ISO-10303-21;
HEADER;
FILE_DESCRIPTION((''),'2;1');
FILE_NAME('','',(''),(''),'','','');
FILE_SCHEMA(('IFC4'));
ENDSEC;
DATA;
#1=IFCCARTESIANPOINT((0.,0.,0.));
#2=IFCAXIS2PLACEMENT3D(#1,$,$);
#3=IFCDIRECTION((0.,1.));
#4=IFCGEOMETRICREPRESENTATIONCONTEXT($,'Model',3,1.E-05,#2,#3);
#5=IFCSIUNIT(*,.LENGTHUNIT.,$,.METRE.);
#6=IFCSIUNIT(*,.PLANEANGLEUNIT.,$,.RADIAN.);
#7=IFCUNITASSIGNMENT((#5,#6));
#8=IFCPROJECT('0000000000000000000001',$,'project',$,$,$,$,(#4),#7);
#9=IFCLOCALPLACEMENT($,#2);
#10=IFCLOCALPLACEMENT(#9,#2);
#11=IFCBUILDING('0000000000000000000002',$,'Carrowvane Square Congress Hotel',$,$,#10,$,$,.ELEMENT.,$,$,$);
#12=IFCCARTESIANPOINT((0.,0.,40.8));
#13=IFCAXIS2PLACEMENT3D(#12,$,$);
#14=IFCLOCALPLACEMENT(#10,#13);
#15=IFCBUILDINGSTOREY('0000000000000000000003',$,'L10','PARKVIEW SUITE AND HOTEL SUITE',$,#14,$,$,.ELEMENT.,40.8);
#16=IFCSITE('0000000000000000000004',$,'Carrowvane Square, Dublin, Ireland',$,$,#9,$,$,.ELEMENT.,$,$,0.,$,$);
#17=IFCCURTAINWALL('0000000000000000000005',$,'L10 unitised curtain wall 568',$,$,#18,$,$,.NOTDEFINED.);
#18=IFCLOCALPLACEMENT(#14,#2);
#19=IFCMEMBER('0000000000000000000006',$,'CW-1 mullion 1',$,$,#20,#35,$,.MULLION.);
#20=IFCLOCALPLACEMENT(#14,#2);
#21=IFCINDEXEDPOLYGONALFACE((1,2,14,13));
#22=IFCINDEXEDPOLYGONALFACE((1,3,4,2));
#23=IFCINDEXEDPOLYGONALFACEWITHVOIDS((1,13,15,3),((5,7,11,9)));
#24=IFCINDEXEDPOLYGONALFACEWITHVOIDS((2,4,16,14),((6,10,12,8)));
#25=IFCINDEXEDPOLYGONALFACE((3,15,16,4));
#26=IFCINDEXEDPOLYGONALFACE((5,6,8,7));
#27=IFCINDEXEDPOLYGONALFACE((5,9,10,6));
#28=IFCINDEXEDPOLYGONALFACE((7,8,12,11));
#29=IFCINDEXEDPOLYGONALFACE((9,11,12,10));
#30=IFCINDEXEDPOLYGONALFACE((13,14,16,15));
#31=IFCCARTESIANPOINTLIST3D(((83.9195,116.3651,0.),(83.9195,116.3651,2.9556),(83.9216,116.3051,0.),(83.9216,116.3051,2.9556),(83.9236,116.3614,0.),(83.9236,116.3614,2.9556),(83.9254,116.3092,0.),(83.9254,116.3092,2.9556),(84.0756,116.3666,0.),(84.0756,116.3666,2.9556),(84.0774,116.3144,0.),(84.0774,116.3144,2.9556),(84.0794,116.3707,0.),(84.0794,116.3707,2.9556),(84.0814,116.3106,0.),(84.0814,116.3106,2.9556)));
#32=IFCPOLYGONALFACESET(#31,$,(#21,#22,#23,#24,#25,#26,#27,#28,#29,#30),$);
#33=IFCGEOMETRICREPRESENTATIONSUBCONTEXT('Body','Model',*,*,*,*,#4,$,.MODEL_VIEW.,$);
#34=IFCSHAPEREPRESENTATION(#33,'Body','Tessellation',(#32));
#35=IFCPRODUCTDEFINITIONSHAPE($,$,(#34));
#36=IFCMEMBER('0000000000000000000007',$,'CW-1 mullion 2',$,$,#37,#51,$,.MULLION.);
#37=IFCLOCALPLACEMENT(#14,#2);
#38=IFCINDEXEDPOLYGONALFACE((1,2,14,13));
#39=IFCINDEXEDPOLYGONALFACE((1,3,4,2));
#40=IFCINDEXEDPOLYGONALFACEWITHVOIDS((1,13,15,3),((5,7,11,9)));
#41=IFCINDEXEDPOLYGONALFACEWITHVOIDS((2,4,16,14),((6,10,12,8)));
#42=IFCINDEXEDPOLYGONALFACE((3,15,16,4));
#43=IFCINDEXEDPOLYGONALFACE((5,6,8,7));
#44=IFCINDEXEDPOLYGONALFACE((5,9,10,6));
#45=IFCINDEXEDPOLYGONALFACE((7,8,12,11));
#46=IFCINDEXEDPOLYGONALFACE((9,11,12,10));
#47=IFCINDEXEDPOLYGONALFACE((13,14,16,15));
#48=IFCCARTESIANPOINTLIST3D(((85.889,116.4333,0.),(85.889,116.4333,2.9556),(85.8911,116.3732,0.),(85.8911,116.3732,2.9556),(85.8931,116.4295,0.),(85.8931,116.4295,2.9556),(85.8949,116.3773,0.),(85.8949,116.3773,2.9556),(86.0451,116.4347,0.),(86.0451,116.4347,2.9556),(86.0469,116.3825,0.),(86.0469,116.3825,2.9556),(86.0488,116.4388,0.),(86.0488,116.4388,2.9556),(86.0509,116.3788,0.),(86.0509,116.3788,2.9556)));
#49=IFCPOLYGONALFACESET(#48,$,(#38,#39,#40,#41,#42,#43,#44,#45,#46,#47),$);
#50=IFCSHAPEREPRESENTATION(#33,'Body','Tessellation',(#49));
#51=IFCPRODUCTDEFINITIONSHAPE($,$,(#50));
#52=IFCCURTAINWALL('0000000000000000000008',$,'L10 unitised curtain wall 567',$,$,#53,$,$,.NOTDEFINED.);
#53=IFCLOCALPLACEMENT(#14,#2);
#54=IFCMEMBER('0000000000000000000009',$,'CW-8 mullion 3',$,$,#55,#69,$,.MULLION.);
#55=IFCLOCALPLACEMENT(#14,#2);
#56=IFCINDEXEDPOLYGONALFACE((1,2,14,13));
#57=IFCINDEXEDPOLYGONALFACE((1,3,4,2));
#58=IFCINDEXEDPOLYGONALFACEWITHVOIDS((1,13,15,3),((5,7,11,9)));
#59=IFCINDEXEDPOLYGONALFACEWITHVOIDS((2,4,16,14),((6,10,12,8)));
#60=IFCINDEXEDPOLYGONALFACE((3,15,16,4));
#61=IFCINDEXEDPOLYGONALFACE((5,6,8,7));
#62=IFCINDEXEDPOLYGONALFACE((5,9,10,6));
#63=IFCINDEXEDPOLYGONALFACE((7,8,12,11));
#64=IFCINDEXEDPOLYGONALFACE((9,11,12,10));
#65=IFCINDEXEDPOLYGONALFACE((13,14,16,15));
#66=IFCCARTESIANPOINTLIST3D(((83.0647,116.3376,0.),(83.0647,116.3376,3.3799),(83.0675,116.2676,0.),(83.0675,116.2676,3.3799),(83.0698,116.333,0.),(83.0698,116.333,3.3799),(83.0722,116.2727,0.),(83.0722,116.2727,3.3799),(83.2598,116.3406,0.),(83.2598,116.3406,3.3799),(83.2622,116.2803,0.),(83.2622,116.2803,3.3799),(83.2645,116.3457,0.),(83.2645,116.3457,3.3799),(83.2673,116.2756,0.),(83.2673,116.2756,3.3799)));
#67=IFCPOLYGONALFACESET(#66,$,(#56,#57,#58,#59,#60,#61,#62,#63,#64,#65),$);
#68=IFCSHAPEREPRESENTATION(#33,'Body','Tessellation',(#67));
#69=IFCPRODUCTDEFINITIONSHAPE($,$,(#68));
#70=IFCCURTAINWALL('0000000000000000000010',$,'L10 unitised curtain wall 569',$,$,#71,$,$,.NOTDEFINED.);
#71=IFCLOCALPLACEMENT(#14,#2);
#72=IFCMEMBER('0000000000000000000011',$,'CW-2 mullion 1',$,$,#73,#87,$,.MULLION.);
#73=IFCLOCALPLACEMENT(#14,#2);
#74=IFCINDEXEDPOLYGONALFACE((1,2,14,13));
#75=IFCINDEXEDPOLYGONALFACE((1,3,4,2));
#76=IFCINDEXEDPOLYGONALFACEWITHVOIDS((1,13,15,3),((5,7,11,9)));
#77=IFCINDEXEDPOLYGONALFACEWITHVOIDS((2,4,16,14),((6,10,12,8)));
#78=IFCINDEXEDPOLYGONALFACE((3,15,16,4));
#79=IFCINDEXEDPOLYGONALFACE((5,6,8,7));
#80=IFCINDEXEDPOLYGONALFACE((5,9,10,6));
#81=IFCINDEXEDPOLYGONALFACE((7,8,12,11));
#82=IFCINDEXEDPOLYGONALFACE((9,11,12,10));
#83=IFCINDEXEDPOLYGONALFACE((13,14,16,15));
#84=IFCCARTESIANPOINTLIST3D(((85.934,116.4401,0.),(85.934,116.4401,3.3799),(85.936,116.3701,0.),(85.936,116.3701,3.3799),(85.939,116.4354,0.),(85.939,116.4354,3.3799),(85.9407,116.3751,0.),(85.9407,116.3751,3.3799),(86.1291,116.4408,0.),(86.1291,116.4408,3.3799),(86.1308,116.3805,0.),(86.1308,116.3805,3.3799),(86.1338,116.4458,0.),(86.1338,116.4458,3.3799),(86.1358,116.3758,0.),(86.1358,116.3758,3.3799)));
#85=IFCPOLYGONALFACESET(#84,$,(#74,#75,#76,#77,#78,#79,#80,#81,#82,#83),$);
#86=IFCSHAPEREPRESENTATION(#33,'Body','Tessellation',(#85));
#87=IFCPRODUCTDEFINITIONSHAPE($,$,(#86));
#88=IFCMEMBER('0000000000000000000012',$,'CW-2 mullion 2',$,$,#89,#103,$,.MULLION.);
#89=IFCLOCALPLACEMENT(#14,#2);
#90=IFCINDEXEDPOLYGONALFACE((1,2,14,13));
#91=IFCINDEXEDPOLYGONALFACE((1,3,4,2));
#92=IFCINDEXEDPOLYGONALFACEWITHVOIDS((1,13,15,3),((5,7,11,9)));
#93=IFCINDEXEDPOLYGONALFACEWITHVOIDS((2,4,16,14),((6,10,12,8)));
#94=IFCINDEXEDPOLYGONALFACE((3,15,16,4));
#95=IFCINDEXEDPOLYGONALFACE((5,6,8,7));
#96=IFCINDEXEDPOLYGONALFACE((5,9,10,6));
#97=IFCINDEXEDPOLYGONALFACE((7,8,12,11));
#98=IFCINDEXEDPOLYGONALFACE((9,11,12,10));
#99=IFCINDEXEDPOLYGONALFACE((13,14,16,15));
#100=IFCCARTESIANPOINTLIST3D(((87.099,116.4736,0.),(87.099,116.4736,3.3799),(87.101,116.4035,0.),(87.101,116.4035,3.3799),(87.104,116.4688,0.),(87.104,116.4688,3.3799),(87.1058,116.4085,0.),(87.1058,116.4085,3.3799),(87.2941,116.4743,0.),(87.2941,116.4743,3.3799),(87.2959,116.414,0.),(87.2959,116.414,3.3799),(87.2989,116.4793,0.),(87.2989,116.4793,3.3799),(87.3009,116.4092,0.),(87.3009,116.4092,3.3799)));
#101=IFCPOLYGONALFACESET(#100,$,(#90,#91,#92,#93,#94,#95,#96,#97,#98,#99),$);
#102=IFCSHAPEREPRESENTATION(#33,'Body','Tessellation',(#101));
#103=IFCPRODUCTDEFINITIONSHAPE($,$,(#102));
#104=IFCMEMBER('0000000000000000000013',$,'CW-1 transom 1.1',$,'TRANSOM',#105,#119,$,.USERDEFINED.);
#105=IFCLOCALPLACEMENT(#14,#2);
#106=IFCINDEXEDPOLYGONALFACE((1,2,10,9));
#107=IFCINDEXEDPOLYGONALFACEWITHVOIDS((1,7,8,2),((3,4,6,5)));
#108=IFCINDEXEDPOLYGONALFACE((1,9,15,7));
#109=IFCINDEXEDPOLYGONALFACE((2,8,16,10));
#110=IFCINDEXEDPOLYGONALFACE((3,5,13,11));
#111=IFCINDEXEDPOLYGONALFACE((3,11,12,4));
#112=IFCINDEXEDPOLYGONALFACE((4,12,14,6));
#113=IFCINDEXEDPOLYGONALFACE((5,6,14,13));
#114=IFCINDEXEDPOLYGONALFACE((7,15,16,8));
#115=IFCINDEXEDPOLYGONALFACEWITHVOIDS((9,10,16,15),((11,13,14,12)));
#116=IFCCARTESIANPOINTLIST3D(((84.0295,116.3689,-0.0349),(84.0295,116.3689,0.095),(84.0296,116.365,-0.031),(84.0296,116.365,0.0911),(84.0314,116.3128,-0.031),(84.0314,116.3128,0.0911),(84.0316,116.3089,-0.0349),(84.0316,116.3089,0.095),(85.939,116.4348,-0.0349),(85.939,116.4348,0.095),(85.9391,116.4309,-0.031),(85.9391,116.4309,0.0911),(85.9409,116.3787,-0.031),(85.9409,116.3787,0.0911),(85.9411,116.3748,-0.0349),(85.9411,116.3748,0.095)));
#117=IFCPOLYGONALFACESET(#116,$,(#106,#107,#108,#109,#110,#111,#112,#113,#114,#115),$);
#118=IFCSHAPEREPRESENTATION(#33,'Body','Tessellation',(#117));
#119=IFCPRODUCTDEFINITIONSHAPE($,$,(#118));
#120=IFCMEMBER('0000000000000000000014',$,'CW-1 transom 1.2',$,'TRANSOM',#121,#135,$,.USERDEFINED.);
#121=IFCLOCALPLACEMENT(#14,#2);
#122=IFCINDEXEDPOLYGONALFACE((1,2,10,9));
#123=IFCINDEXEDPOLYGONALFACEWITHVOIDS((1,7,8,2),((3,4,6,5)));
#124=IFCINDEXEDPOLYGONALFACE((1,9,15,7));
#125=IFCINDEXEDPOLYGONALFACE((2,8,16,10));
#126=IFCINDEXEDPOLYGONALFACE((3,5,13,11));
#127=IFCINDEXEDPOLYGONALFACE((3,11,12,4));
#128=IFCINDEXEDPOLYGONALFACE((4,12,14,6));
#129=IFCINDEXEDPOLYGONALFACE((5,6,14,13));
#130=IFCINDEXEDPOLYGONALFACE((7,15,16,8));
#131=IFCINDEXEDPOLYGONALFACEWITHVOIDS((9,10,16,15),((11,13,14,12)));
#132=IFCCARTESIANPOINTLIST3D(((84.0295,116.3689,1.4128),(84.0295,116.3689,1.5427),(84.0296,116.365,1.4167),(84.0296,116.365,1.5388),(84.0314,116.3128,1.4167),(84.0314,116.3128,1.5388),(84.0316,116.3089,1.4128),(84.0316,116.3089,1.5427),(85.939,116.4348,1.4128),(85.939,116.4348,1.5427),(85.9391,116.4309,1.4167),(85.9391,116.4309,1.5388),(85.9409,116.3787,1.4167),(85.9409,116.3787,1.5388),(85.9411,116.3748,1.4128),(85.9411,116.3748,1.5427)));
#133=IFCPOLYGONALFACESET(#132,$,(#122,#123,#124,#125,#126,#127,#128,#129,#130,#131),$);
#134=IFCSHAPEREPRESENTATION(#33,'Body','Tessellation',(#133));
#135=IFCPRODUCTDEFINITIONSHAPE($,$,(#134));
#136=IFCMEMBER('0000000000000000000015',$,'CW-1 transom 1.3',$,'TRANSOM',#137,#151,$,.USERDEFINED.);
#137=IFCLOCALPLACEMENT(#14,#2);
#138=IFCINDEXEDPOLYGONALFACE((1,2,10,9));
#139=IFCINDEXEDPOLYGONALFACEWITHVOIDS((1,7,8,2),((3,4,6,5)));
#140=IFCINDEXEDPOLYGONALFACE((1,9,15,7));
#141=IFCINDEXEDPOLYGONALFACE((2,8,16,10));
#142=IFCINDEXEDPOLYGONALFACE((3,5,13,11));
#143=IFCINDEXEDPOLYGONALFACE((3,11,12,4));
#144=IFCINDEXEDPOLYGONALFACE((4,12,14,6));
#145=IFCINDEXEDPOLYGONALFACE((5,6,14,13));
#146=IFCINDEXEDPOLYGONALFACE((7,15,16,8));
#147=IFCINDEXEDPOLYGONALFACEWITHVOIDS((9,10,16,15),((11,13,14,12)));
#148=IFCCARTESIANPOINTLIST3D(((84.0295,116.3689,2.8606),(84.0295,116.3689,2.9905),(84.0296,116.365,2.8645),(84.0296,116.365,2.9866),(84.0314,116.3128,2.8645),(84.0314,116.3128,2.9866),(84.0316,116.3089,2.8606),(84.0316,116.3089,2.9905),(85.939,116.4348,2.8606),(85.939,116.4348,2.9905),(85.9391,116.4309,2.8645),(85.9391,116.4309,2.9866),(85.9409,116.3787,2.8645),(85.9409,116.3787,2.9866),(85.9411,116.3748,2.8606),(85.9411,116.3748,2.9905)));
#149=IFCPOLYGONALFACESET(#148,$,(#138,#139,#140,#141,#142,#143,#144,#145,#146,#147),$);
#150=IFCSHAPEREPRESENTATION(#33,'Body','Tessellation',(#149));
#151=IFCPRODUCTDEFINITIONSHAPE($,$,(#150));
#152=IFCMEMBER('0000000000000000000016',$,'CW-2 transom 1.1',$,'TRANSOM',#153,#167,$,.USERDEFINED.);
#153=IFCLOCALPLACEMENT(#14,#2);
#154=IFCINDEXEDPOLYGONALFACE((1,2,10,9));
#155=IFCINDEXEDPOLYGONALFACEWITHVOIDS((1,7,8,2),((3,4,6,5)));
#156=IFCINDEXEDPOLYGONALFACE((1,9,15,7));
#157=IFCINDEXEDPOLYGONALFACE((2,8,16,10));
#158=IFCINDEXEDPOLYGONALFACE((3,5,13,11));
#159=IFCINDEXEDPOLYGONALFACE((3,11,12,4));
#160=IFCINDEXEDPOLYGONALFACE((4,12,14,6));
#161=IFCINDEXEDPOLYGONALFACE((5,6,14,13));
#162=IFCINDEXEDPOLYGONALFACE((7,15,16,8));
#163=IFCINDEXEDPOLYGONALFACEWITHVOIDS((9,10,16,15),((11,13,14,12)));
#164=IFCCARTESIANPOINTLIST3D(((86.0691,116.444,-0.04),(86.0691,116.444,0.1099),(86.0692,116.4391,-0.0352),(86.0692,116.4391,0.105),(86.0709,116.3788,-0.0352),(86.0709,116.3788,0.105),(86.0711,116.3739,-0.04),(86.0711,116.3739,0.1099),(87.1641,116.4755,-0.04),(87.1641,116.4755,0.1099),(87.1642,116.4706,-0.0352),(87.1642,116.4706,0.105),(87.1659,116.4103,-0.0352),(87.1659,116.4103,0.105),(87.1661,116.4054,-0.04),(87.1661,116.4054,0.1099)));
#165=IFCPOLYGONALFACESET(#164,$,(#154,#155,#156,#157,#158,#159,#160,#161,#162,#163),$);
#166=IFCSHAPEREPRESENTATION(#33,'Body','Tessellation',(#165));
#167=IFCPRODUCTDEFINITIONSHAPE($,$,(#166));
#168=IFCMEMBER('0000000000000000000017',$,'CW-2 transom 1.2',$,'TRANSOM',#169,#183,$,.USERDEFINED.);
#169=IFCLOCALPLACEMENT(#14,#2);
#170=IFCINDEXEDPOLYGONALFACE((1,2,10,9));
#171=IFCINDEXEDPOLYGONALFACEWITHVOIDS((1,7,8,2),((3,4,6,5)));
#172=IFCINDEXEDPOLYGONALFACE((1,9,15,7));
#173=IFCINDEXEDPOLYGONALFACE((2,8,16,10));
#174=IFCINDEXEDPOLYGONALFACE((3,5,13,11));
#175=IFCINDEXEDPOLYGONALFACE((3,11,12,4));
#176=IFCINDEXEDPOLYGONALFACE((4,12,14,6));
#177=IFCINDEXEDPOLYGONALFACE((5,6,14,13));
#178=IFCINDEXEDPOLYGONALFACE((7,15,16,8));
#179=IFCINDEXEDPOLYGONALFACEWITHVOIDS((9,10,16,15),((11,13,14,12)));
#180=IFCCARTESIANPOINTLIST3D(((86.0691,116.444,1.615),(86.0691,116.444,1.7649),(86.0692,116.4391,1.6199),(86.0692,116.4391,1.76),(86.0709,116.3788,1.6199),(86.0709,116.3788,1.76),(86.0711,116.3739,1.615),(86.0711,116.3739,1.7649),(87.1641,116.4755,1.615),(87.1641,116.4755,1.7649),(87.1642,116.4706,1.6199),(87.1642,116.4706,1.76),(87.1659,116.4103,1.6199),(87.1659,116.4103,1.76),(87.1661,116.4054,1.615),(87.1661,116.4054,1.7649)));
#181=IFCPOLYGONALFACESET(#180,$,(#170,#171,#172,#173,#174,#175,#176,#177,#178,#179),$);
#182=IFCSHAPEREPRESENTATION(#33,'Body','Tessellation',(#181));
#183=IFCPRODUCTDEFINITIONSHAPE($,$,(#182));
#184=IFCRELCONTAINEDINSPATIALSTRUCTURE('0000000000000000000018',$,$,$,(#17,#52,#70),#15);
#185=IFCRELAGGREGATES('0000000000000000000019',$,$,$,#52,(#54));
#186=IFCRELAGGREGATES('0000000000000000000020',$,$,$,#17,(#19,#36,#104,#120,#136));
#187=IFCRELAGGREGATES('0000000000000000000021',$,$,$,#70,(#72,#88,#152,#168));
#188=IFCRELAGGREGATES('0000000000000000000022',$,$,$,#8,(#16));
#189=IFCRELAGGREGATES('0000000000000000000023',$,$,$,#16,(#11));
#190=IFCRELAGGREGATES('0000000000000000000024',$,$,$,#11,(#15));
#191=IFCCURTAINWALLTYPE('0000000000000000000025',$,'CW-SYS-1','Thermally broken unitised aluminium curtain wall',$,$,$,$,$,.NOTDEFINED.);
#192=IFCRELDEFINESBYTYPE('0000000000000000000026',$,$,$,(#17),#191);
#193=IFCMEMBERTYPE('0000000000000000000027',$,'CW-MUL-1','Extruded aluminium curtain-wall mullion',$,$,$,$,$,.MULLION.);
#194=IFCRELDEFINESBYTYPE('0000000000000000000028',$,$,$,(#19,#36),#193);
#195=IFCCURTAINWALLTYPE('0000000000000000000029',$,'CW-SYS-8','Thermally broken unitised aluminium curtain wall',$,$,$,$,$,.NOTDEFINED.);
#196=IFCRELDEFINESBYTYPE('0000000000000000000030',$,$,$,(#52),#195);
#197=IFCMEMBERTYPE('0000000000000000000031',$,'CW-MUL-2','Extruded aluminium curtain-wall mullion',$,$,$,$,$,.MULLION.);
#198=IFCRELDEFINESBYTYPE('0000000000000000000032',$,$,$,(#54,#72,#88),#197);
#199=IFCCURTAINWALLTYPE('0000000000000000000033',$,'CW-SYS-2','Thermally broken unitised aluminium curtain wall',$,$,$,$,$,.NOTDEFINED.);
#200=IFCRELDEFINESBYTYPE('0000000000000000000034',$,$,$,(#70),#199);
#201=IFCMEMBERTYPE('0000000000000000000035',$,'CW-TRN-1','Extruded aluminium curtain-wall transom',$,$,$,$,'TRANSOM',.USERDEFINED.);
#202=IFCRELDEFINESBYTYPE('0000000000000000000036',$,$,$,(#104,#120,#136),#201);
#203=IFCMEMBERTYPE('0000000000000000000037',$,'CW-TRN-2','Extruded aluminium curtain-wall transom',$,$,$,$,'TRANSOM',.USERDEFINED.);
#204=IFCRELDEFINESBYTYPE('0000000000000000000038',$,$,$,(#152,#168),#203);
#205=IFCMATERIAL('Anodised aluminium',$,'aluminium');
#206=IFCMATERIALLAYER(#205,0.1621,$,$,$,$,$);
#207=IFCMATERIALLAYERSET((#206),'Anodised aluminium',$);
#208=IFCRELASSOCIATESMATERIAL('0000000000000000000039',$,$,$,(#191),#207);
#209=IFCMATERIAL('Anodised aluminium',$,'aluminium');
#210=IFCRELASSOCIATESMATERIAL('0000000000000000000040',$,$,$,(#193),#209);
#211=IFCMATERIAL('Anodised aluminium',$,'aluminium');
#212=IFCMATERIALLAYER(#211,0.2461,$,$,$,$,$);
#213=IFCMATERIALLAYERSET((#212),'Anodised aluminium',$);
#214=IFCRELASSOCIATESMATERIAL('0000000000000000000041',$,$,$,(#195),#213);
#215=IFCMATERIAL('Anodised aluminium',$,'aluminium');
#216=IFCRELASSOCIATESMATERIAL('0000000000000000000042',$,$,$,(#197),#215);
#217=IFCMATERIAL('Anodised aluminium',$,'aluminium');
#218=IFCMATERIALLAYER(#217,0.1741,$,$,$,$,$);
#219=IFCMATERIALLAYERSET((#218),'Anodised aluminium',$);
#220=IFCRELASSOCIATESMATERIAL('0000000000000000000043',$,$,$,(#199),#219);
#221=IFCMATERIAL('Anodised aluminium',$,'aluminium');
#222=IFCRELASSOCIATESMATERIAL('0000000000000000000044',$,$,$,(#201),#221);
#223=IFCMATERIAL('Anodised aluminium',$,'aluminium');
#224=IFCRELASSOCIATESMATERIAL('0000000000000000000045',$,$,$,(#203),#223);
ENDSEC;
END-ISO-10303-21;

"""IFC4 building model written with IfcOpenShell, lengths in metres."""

from ifc_helpers import new_model, si_unit, direction, frame, origin, origin_2d, place, context, subcontext, project, spatial, hollow_rectangle, extrude, material, layer, layer_set, material_profile, profile_set, type_object, element, aggregate, save


model = new_model("IFC4")

# Units and contexts
model_context = context("Model", 3, precision=1e-05, world=origin(), true_north=direction((0.0, 1.0)))
body_context = subcontext(model_context, "Body", "Model", "MODEL_VIEW")
ifc_project = project(units=[si_unit("LENGTHUNIT", "METRE"), si_unit("PLANEANGLEUNIT", "RADIAN")], contexts=[model_context])

# Site, building, storey
site_placement = place(None, origin())
site = spatial("IfcSite", under=ifc_project, at=site_placement, Name="Carrowvane Square, Dublin, Ireland", CompositionType="ELEMENT", RefElevation=0.0)
building_placement = place(site_placement, origin())
building = spatial("IfcBuilding", under=site, at=building_placement, Name="Carrowvane Square Congress Hotel", CompositionType="ELEMENT")
storey_placement = place(building_placement, frame((0.0, 0.0, 40.8)))
storey = spatial("IfcBuildingStorey", under=building, at=storey_placement, Name="L10", Description="PARKVIEW SUITE AND HOTEL SUITE", CompositionType="ELEMENT", Elevation=40.8)

# Curtain wall, members
ifc_material_1 = material(Name="Anodised aluminium", Category="aluminium")
ifc_layer_1 = layer(ifc_material_1, 0.1621)
ifc_layer_set_1 = layer_set([ifc_layer_1], Name="Anodised aluminium")
curtain_wall_type_1 = type_object("IfcCurtainWallType", Name="CW-SYS-1", Description="Thermally broken unitised aluminium curtain wall", PredefinedType="NOTDEFINED", material=ifc_layer_set_1)
curtain_wall_1_placement = place(storey_placement, origin())
curtain_wall_1 = element("IfcCurtainWall", 1, at=curtain_wall_1_placement, inside=storey, type_object=curtain_wall_type_1, Name="L10 unitised curtain wall 568", PredefinedType="NOTDEFINED")
ifc_material_2 = material(Name="Anodised aluminium", Category="aluminium")
ifc_material_profile_1 = material_profile(ifc_material_2, hollow_rectangle(XDim=0.0601, YDim=0.1599, WallThickness=0.0039, at=origin_2d()), Name="CW-ML 60x160x4")
ifc_profile_set_1 = profile_set([ifc_material_profile_1], Name="Anodised aluminium")
member_type_1 = type_object("IfcMemberType", Name="CW-MUL-1", Description="Extruded aluminium curtain-wall mullion", PredefinedType="MULLION", material=ifc_profile_set_1)
member_1_placement = place(storey_placement, frame((84.0005, 116.3379, 0.0), z_axis=(0.0, 0.0, 1.0), x_axis=(-0.034527, 0.999404, 0.0)))
member_1 = element("IfcMember", 2, at=member_1_placement, type_object=member_type_1, Name="CW-1 mullion 1", PredefinedType="MULLION", context=body_context, shape_type="SweptSolid", body=[
    extrude(hollow_rectangle(XDim=0.0601, YDim=0.1599, WallThickness=0.0039, at=origin_2d()), origin(), (0.0, 0.0, 1.0), 2.9556),
])
member_2_placement = place(storey_placement, frame((85.97, 116.406, 0.0), z_axis=(0.0, 0.0, 1.0), x_axis=(-0.034527, 0.999404, 0.0)))
member_2 = element("IfcMember", 3, at=member_2_placement, type_object=member_type_1, Name="CW-1 mullion 2", PredefinedType="MULLION", context=body_context, shape_type="SweptSolid", body=[
    extrude(hollow_rectangle(XDim=0.0601, YDim=0.1599, WallThickness=0.0039, at=origin_2d()), origin(), (0.0, 0.0, 1.0), 2.9556),
])

# Curtain wall, member
ifc_material_3 = material(Name="Anodised aluminium", Category="aluminium")
ifc_layer_2 = layer(ifc_material_3, 0.2461)
ifc_layer_set_2 = layer_set([ifc_layer_2], Name="Anodised aluminium")
curtain_wall_type_2 = type_object("IfcCurtainWallType", Name="CW-SYS-8", Description="Thermally broken unitised aluminium curtain wall", PredefinedType="NOTDEFINED", material=ifc_layer_set_2)
curtain_wall_2_placement = place(storey_placement, origin())
curtain_wall_2 = element("IfcCurtainWall", 4, at=curtain_wall_2_placement, inside=storey, type_object=curtain_wall_type_2, Name="L10 unitised curtain wall 567", PredefinedType="NOTDEFINED")
ifc_material_4 = material(Name="Anodised aluminium", Category="aluminium")
ifc_material_profile_2 = material_profile(ifc_material_4, hollow_rectangle(XDim=0.0701, YDim=0.2, WallThickness=0.0049, at=origin_2d()), Name="CW-ML 70x200x5")
ifc_profile_set_2 = profile_set([ifc_material_profile_2], Name="Anodised aluminium")
member_type_2 = type_object("IfcMemberType", Name="CW-MUL-2", Description="Extruded aluminium curtain-wall mullion", PredefinedType="MULLION", material=ifc_profile_set_2)
member_3_placement = place(storey_placement, frame((83.166, 116.3066, 0.0), z_axis=(0.0, 0.0, 1.0), x_axis=(-0.040136, 0.999194, 0.0)))
member_3 = element("IfcMember", 5, at=member_3_placement, type_object=member_type_2, Name="CW-8 mullion 3", PredefinedType="MULLION", context=body_context, shape_type="SweptSolid", body=[
    extrude(hollow_rectangle(XDim=0.0701, YDim=0.2, WallThickness=0.0049, at=origin_2d()), origin(), (0.0, 0.0, 1.0), 3.3799),
])

# Curtain wall, members
ifc_material_5 = material(Name="Anodised aluminium", Category="aluminium")
ifc_layer_3 = layer(ifc_material_5, 0.1741)
ifc_layer_set_3 = layer_set([ifc_layer_3], Name="Anodised aluminium")
curtain_wall_type_3 = type_object("IfcCurtainWallType", Name="CW-SYS-2", Description="Thermally broken unitised aluminium curtain wall", PredefinedType="NOTDEFINED", material=ifc_layer_set_3)
curtain_wall_3_placement = place(storey_placement, origin())
curtain_wall_3 = element("IfcCurtainWall", 6, at=curtain_wall_3_placement, inside=storey, type_object=curtain_wall_type_3, Name="L10 unitised curtain wall 569", PredefinedType="NOTDEFINED")
member_4_placement = place(storey_placement, frame((86.0349, 116.408, 0.0), z_axis=(0.0, 0.0, 1.0), x_axis=(-0.028638, 0.99959, 0.0)))
member_4 = element("IfcMember", 7, at=member_4_placement, type_object=member_type_2, Name="CW-2 mullion 1", PredefinedType="MULLION", context=body_context, shape_type="SweptSolid", body=[
    extrude(hollow_rectangle(XDim=0.0701, YDim=0.2, WallThickness=0.0049, at=origin_2d()), origin(), (0.0, 0.0, 1.0), 3.3799),
])
member_5_placement = place(storey_placement, frame((87.2, 116.4414, 0.0), z_axis=(0.0, 0.0, 1.0), x_axis=(-0.028638, 0.99959, 0.0)))
member_5 = element("IfcMember", 8, at=member_5_placement, type_object=member_type_2, Name="CW-2 mullion 2", PredefinedType="MULLION", context=body_context, shape_type="SweptSolid", body=[
    extrude(hollow_rectangle(XDim=0.0701, YDim=0.2, WallThickness=0.0049, at=origin_2d()), origin(), (0.0, 0.0, 1.0), 3.3799),
])

# Members
ifc_material_6 = material(Name="Anodised aluminium", Category="aluminium")
ifc_material_profile_3 = material_profile(ifc_material_6, hollow_rectangle(XDim=0.0601, YDim=0.1299, WallThickness=0.0039, at=origin_2d()), Name="CW-TR 60x130x4")
ifc_profile_set_3 = profile_set([ifc_material_profile_3], Name="Anodised aluminium")
member_type_3 = type_object("IfcMemberType", Name="CW-TRN-1", Description="Extruded aluminium curtain-wall transom", ElementType="TRANSOM", PredefinedType="USERDEFINED", material=ifc_profile_set_3)
member_6_placement = place(storey_placement, frame((84.0305, 116.3389, 0.03), z_axis=(0.999405, 0.034502, 0.0), x_axis=(-0.034502, 0.999405, 0.0)))
member_6 = element("IfcMember", 9, at=member_6_placement, type_object=member_type_3, Name="CW-1 transom 1.1", ObjectType="TRANSOM", PredefinedType="USERDEFINED", context=body_context, shape_type="SweptSolid", body=[
    extrude(hollow_rectangle(XDim=0.0601, YDim=0.1299, WallThickness=0.0039, at=origin_2d()), origin(), (0.0, 0.0, 1.0), 1.9106),
])
member_7_placement = place(storey_placement, frame((84.0305, 116.3389, 1.4778), z_axis=(0.999405, 0.034502, 0.0), x_axis=(-0.034502, 0.999405, 0.0)))
member_7 = element("IfcMember", 10, at=member_7_placement, type_object=member_type_3, Name="CW-1 transom 1.2", ObjectType="TRANSOM", PredefinedType="USERDEFINED", context=body_context, shape_type="SweptSolid", body=[
    extrude(hollow_rectangle(XDim=0.0601, YDim=0.1299, WallThickness=0.0039, at=origin_2d()), origin(), (0.0, 0.0, 1.0), 1.9106),
])
member_8_placement = place(storey_placement, frame((84.0305, 116.3389, 2.9255), z_axis=(0.999405, 0.034502, 0.0), x_axis=(-0.034502, 0.999405, 0.0)))
member_8 = element("IfcMember", 11, at=member_8_placement, type_object=member_type_3, Name="CW-1 transom 1.3", ObjectType="TRANSOM", PredefinedType="USERDEFINED", context=body_context, shape_type="SweptSolid", body=[
    extrude(hollow_rectangle(XDim=0.0601, YDim=0.1299, WallThickness=0.0039, at=origin_2d()), origin(), (0.0, 0.0, 1.0), 1.9106),
])
ifc_material_7 = material(Name="Anodised aluminium", Category="aluminium")
ifc_material_profile_4 = material_profile(ifc_material_7, hollow_rectangle(XDim=0.0701, YDim=0.1499, WallThickness=0.0049, at=origin_2d()), Name="CW-TR 70x150x5")
ifc_profile_set_4 = profile_set([ifc_material_profile_4], Name="Anodised aluminium")
member_type_4 = type_object("IfcMemberType", Name="CW-TRN-2", Description="Extruded aluminium curtain-wall transom", ElementType="TRANSOM", PredefinedType="USERDEFINED", material=ifc_profile_set_4)
member_9_placement = place(storey_placement, frame((86.0701, 116.4089, 0.0349), z_axis=(0.999587, 0.028751, 0.0), x_axis=(-0.028751, 0.999587, 0.0)))
member_9 = element("IfcMember", 12, at=member_9_placement, type_object=member_type_4, Name="CW-2 transom 1.1", ObjectType="TRANSOM", PredefinedType="USERDEFINED", context=body_context, shape_type="SweptSolid", body=[
    extrude(hollow_rectangle(XDim=0.0701, YDim=0.1499, WallThickness=0.0049, at=origin_2d()), origin(), (0.0, 0.0, 1.0), 1.0955),
])
member_10_placement = place(storey_placement, frame((86.0701, 116.4089, 1.6899), z_axis=(0.999587, 0.028751, 0.0), x_axis=(-0.028751, 0.999587, 0.0)))
member_10 = element("IfcMember", 13, at=member_10_placement, type_object=member_type_4, Name="CW-2 transom 1.2", ObjectType="TRANSOM", PredefinedType="USERDEFINED", context=body_context, shape_type="SweptSolid", body=[
    extrude(hollow_rectangle(XDim=0.0701, YDim=0.1499, WallThickness=0.0049, at=origin_2d()), origin(), (0.0, 0.0, 1.0), 1.0955),
])

aggregate(curtain_wall_2, [member_3])
aggregate(curtain_wall_1, [member_1, member_2, member_6, member_7, member_8])
aggregate(curtain_wall_3, [member_4, member_5, member_9, member_10])

save(model, "model.ifc")
